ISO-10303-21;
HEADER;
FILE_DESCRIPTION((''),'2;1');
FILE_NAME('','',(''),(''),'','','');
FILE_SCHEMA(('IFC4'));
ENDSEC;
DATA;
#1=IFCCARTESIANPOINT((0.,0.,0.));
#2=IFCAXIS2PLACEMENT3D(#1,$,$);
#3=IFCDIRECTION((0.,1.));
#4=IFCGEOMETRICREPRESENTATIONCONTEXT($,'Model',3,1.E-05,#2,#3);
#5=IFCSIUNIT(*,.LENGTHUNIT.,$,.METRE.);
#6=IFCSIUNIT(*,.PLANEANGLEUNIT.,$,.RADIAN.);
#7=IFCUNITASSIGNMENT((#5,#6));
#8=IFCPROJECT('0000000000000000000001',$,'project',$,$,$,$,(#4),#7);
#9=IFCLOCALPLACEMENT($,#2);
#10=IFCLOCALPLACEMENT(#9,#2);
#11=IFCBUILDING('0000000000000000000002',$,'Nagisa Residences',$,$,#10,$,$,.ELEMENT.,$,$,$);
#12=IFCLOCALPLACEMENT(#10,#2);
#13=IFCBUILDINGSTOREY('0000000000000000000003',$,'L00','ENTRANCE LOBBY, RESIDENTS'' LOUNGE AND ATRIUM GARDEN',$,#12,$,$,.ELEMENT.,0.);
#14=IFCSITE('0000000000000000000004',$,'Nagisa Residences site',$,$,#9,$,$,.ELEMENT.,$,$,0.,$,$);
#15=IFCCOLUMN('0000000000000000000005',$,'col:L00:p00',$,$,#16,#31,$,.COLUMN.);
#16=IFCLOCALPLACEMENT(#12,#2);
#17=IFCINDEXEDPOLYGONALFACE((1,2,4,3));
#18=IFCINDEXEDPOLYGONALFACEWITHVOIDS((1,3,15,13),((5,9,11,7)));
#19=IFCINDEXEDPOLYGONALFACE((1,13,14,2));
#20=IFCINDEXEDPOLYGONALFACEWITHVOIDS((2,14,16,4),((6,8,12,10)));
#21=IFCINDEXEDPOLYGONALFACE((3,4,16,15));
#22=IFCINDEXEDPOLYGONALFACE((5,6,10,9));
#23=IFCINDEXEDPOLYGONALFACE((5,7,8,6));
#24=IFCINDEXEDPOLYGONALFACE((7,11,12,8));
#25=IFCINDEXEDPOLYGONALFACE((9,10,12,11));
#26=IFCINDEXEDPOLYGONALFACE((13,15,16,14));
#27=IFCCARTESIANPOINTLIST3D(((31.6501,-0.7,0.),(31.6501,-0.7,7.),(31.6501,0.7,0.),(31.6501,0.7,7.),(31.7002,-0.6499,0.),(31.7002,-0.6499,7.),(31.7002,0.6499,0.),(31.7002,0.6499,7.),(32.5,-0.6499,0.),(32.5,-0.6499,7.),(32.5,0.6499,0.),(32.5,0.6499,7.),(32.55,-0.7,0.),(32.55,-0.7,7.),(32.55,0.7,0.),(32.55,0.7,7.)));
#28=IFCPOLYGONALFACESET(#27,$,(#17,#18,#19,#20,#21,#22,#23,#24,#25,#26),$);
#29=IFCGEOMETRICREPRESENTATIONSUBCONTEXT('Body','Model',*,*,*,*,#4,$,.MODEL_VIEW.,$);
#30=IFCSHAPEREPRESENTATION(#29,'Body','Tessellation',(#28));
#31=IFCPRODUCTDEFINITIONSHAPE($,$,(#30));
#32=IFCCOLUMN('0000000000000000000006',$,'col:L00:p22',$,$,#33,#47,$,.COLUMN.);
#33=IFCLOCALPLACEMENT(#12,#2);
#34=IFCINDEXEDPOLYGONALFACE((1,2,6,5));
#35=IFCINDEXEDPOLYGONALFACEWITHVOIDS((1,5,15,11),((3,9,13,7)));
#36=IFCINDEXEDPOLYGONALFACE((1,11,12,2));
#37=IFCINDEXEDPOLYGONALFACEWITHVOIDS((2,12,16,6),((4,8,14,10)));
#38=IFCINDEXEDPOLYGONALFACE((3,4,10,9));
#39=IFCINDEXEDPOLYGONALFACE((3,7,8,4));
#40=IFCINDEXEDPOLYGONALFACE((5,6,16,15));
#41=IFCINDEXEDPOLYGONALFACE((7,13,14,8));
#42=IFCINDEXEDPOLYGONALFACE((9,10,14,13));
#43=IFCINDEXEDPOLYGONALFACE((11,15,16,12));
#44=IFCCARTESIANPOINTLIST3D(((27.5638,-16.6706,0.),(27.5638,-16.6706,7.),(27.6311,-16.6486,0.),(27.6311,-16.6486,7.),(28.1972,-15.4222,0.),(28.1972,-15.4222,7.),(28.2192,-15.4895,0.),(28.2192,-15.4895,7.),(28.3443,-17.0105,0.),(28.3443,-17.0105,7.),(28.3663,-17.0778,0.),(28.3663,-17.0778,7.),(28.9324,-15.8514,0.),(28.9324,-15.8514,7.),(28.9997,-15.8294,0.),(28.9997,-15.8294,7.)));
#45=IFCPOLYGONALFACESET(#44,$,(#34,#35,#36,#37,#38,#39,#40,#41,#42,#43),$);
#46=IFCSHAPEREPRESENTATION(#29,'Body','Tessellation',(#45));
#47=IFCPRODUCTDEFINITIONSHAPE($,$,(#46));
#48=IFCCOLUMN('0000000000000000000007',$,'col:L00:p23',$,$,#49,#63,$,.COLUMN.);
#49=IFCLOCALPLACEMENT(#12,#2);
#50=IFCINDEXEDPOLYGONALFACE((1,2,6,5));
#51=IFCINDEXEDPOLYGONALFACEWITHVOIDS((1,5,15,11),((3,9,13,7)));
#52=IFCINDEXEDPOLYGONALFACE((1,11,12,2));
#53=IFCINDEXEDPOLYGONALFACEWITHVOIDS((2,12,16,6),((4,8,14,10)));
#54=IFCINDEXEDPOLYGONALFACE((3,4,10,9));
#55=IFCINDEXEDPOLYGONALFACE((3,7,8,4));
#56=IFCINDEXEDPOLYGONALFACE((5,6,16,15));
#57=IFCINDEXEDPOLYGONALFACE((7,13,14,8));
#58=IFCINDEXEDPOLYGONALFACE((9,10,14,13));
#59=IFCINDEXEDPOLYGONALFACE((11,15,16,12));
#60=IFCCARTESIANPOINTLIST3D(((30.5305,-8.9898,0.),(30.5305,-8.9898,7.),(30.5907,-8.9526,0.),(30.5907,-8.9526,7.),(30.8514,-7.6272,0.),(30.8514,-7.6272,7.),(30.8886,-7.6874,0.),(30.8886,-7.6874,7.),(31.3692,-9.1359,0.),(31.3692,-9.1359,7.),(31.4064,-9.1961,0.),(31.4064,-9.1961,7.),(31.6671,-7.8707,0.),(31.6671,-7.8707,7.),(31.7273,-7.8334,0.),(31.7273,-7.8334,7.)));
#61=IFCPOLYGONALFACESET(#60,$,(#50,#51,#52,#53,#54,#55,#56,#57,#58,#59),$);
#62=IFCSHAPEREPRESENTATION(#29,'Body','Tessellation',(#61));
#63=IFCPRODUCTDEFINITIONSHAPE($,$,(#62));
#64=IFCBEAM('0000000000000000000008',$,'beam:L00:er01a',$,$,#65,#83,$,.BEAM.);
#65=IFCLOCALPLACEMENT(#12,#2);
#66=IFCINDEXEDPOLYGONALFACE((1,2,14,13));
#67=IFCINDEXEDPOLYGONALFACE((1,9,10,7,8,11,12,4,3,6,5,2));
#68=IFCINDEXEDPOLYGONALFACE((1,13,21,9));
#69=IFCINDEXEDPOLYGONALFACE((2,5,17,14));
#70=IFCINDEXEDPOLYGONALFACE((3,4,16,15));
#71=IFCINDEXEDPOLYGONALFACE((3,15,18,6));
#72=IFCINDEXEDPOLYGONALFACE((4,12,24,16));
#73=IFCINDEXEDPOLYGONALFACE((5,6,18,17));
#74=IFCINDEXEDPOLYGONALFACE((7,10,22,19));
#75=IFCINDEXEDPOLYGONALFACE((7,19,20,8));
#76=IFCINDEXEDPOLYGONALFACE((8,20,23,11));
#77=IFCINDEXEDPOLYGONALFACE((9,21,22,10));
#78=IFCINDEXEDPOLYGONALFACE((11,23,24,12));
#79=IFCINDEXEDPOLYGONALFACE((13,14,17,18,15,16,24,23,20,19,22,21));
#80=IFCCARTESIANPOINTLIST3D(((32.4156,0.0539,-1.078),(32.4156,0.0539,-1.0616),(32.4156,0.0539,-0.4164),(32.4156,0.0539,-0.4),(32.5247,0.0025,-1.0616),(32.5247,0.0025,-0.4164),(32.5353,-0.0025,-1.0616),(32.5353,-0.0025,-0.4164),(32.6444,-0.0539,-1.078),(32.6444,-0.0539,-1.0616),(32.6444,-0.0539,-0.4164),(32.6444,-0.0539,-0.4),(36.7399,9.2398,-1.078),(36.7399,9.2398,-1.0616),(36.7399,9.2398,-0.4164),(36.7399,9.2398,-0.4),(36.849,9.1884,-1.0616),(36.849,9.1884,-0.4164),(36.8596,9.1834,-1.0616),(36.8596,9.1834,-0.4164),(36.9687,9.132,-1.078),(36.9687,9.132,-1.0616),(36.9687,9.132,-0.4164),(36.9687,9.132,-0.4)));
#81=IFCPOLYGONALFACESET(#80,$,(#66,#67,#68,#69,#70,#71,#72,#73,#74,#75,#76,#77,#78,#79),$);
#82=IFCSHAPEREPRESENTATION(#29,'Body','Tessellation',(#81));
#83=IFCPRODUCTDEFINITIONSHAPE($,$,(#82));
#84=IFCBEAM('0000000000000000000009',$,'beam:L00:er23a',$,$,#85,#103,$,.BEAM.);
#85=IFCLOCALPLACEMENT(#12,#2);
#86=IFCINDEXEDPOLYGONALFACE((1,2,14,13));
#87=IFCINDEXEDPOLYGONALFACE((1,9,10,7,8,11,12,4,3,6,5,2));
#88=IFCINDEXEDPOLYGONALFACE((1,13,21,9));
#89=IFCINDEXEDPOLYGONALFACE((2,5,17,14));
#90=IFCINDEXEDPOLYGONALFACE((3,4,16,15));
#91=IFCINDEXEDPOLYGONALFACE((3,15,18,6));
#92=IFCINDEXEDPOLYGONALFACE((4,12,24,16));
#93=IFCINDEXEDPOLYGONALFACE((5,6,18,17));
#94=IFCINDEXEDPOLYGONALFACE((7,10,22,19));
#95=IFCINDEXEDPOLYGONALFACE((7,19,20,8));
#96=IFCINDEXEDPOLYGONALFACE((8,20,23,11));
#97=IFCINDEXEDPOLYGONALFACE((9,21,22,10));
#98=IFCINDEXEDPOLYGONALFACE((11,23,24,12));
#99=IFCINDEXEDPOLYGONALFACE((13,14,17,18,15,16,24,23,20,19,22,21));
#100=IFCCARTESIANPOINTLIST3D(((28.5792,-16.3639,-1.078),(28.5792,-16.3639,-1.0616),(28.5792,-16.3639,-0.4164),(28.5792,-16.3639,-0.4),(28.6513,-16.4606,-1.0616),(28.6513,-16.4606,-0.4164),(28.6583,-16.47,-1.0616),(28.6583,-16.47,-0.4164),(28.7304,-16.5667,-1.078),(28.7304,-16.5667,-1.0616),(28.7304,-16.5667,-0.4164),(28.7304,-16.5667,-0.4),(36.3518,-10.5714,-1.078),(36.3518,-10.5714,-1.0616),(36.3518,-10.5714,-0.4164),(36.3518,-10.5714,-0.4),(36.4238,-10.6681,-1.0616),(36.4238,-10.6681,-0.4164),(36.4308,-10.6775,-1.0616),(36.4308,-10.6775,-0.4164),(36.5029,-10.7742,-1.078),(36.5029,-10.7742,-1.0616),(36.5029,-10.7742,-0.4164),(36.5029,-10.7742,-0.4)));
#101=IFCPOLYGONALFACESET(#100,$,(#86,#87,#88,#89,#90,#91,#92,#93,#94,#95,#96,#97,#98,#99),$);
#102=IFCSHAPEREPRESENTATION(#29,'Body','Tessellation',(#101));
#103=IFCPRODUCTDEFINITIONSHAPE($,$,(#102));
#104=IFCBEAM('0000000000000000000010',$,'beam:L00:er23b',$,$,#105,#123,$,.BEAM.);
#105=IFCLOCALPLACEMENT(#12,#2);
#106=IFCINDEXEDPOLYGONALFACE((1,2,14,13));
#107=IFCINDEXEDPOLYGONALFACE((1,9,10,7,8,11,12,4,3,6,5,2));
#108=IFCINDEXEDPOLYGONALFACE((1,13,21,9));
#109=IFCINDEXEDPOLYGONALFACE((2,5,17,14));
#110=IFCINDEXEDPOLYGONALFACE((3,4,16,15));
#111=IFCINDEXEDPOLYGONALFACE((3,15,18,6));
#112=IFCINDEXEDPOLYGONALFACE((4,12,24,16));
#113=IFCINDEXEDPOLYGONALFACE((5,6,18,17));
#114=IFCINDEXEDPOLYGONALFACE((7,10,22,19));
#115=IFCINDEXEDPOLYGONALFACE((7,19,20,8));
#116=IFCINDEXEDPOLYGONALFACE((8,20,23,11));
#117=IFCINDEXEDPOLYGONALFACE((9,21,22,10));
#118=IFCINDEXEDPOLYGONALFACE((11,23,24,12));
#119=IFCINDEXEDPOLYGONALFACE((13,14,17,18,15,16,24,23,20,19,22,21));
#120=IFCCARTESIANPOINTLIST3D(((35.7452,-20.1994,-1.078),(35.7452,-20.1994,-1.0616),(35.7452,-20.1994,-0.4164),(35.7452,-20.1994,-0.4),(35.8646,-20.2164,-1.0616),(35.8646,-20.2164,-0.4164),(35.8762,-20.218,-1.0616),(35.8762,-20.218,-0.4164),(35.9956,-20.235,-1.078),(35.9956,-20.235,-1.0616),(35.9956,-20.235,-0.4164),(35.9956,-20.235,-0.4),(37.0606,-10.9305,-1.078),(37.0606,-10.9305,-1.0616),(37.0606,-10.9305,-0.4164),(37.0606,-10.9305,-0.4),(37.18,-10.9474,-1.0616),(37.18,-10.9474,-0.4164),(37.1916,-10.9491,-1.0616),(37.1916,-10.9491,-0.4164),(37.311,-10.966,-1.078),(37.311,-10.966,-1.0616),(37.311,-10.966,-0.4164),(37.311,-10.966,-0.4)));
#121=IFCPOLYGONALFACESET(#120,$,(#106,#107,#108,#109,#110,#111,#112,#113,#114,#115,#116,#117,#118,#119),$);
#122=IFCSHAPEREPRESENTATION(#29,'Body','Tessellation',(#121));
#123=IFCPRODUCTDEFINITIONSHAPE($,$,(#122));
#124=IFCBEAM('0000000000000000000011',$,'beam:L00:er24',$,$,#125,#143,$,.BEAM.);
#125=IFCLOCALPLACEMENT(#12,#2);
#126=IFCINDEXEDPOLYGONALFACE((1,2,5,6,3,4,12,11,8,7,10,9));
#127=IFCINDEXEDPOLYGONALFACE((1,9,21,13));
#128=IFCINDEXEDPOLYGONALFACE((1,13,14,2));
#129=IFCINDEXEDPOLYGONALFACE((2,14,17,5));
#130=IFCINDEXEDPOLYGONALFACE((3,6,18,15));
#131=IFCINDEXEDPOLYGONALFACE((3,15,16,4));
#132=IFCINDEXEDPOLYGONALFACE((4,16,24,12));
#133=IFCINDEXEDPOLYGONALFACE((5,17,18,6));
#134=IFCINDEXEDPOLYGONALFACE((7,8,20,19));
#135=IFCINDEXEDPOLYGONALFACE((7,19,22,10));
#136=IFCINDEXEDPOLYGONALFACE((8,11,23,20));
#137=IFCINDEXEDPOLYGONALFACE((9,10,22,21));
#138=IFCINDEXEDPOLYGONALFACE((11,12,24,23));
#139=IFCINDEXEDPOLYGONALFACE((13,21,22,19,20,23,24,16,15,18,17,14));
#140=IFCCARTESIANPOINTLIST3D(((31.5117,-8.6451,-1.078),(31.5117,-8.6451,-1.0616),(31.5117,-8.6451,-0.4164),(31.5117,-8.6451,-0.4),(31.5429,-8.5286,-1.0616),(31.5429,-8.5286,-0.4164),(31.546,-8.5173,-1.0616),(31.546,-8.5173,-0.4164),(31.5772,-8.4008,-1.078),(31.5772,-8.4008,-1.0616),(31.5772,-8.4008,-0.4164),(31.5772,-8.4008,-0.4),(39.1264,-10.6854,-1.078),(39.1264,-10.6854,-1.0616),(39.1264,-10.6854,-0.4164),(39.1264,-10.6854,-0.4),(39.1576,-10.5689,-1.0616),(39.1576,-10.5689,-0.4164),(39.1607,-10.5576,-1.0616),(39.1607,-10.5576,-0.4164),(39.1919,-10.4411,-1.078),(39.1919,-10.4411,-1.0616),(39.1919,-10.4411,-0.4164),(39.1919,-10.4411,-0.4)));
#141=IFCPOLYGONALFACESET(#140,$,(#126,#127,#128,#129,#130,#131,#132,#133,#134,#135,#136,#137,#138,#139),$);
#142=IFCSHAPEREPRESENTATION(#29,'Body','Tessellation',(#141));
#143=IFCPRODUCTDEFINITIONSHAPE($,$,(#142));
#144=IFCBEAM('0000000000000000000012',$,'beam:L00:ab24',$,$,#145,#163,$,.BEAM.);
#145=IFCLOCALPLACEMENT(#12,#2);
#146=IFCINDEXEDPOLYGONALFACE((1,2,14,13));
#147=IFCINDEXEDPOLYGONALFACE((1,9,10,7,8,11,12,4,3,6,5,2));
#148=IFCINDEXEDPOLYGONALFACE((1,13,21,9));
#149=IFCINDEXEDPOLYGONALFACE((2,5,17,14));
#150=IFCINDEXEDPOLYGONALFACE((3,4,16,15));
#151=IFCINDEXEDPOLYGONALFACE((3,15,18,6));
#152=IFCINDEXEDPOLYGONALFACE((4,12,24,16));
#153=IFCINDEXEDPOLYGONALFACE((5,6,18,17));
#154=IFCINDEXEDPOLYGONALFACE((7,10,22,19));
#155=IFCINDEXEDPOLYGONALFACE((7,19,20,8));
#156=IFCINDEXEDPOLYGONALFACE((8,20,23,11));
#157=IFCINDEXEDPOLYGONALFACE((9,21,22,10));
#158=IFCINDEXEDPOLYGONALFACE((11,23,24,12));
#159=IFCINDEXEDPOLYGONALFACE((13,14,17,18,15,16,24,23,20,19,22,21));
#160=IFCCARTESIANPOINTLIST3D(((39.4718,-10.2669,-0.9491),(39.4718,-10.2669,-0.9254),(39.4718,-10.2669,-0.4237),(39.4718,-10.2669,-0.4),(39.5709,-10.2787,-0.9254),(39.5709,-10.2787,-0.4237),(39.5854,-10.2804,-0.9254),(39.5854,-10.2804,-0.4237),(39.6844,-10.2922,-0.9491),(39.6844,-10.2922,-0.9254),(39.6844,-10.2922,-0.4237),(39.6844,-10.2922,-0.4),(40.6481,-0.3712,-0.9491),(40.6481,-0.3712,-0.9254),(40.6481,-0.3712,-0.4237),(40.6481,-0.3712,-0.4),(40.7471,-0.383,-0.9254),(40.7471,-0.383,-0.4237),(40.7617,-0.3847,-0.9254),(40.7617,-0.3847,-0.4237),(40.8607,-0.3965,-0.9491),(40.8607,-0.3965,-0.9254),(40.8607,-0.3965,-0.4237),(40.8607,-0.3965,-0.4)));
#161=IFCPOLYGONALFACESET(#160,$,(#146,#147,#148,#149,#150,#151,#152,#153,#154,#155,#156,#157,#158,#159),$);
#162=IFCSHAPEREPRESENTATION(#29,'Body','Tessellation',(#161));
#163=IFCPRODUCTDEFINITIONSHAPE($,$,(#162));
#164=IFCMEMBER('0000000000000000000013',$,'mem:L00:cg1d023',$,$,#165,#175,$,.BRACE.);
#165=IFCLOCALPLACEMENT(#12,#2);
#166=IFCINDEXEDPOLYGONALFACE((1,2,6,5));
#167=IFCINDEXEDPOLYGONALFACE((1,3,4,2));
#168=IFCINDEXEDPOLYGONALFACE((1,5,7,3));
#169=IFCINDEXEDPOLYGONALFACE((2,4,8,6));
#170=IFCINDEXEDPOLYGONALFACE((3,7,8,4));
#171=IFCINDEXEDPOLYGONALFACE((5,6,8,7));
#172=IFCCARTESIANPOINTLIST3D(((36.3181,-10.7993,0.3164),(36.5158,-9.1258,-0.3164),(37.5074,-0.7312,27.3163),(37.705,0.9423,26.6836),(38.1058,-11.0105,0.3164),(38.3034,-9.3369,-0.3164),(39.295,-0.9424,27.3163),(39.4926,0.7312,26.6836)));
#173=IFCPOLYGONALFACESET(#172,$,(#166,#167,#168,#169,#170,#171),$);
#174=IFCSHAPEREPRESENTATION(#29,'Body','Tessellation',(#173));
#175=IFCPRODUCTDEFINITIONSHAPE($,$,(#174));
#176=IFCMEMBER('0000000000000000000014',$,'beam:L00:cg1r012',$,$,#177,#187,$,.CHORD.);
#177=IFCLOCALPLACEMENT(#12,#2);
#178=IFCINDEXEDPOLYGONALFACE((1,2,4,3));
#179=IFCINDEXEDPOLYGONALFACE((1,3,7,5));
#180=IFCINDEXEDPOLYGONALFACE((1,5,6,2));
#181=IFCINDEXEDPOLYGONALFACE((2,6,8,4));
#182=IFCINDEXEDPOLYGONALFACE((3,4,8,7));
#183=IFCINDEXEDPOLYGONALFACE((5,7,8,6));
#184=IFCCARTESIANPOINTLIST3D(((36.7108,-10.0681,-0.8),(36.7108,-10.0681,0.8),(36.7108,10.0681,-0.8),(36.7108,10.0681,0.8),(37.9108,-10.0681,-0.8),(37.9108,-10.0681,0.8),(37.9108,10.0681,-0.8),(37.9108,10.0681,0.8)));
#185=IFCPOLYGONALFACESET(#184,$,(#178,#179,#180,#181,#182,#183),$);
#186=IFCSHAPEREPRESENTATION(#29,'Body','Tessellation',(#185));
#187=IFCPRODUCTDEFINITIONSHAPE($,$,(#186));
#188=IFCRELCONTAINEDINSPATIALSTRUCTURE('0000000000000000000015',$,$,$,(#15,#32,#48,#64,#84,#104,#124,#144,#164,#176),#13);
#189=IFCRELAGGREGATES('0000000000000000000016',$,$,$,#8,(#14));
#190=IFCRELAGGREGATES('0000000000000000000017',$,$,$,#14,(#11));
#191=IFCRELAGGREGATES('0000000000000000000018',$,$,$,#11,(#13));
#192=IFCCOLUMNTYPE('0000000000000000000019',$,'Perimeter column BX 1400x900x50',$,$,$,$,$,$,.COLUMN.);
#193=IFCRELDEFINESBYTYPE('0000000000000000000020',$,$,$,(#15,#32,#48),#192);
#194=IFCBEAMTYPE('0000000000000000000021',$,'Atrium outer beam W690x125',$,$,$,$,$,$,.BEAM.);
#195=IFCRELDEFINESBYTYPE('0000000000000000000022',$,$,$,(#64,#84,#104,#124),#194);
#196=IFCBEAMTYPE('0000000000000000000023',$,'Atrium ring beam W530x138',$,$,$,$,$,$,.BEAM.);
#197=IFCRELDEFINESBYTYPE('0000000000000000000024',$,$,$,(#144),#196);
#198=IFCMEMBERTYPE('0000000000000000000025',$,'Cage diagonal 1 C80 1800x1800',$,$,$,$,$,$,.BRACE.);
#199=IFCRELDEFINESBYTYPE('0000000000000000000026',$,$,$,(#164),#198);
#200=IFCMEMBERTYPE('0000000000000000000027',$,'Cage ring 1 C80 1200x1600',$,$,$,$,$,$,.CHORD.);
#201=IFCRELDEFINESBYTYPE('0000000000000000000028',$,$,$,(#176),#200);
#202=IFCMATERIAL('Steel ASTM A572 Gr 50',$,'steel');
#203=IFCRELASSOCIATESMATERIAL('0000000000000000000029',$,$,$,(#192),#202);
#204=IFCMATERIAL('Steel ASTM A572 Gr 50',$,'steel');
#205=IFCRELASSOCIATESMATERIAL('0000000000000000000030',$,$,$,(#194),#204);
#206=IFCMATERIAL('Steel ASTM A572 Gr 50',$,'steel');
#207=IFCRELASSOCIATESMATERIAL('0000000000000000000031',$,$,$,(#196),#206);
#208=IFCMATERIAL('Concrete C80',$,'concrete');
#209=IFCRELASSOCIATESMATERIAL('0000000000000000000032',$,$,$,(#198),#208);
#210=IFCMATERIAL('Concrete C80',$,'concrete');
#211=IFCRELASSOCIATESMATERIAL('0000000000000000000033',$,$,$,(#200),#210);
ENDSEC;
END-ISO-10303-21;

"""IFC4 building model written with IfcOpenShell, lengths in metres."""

from ifc_helpers import new_model, si_unit, direction, frame, origin, origin_2d, place, context, subcontext, project, spatial, rectangle, hollow_rectangle, i_section, extrude, material, material_profile, profile_set, type_object, element, save


model = new_model("IFC4")

# Units and contexts
model_context = context("Model", 3, precision=1e-05, world=origin(), true_north=direction((0.0, 1.0)))
body_context = subcontext(model_context, "Body", "Model", "MODEL_VIEW")
ifc_project = project(units=[si_unit("LENGTHUNIT", "METRE"), si_unit("PLANEANGLEUNIT", "RADIAN")], contexts=[model_context])

# Site, building, storey
site_placement = place(None, origin())
site = spatial("IfcSite", under=ifc_project, at=site_placement, Name="Nagisa Residences site", CompositionType="ELEMENT", RefElevation=0.0)
building_placement = place(site_placement, origin())
building = spatial("IfcBuilding", under=site, at=building_placement, Name="Nagisa Residences", CompositionType="ELEMENT")
storey_placement = place(building_placement, origin())
storey = spatial("IfcBuildingStorey", under=building, at=storey_placement, Name="L00", Description="ENTRANCE LOBBY, RESIDENTS' LOUNGE AND ATRIUM GARDEN", CompositionType="ELEMENT", Elevation=0.0)

# Columns
ifc_material_1 = material(Name="Steel ASTM A572 Gr 50", Category="steel")
ifc_material_profile_1 = material_profile(ifc_material_1, hollow_rectangle(XDim=1.3999, YDim=0.8999, WallThickness=0.05, at=origin_2d()), Name="BX 1400x900x50")
ifc_profile_set_1 = profile_set([ifc_material_profile_1], Name="Steel ASTM A572 Gr 50")
column_type = type_object("IfcColumnType", Name="Perimeter column BX 1400x900x50", PredefinedType="COLUMN", material=ifc_profile_set_1)
for number, where, z_axis, x_axis, name in (
    (1, (32.1001, 0.0, 0.0), (0.0, 0.0, 1.0), (0.0, 1.0, 0.0), "col:L00:p00"),
    (2, (28.2817, -16.25, 0.0), (0.0, 0.0, 1.0), (0.452463, 0.891783, 0.0), "col:L00:p22"),
    (3, (31.1289, -8.4116, 0.0), (0.0, 0.0, 1.0), (0.229202, 0.973379, 0.0), "col:L00:p23"),
):
    element("IfcColumn", number, at=place(storey_placement, frame(where, z_axis=z_axis, x_axis=x_axis)), inside=storey, type_object=column_type, Name=name, PredefinedType="COLUMN", context=body_context, shape_type="SweptSolid", body=[
        extrude(hollow_rectangle(XDim=1.3999, YDim=0.8999, WallThickness=0.05, at=origin_2d()), origin(), (0.0, 0.0, 1.0), 7.0),
    ])

# Beams
ifc_material_2 = material(Name="Steel ASTM A572 Gr 50", Category="steel")
ifc_material_profile_2 = material_profile(ifc_material_2, i_section(OverallWidth=0.2529, OverallDepth=0.678, WebThickness=0.0117, FlangeThickness=0.0164, at=origin_2d()), Name="W690x125")
ifc_profile_set_2 = profile_set([ifc_material_profile_2], Name="Steel ASTM A572 Gr 50")
beam_type_1 = type_object("IfcBeamType", Name="Atrium outer beam W690x125", PredefinedType="BEAM", material=ifc_profile_set_2)
beam_1_placement = place(storey_placement, frame((32.53, 0.0, -0.739), z_axis=(0.425917, 0.904762, 0.0), x_axis=(-0.904762, 0.425917, 0.0)))
element("IfcBeam", 4, at=beam_1_placement, inside=storey, type_object=beam_type_1, Name="beam:L00:er01a", PredefinedType="BEAM", context=body_context, shape_type="SweptSolid", body=[
    extrude(i_section(OverallWidth=0.2529, OverallDepth=0.678, WebThickness=0.0117, FlangeThickness=0.0164, at=origin_2d()), origin(), (0.0, 0.0, 1.0), 10.1528),
])
beam_2_placement = place(storey_placement, frame((28.6548, -16.4653, -0.739), z_axis=(0.801822, 0.597563, 0.0), x_axis=(-0.597563, 0.801822, 0.0)))
element("IfcBeam", 5, at=beam_2_placement, inside=storey, type_object=beam_type_1, Name="beam:L00:er23a", PredefinedType="BEAM", context=body_context, shape_type="SweptSolid", body=[
    extrude(i_section(OverallWidth=0.2529, OverallDepth=0.678, WebThickness=0.0117, FlangeThickness=0.0164, at=origin_2d()), origin(), (0.0, 0.0, 1.0), 9.6936),
])
beam_3_placement = place(storey_placement, frame((37.1858, -10.9482, -0.739), z_axis=(-0.140509, -0.990079, 0.0), x_axis=(0.990079, -0.140509, 0.0)))
element("IfcBeam", 6, at=beam_3_placement, inside=storey, type_object=beam_type_1, Name="beam:L00:er23b", PredefinedType="BEAM", context=body_context, shape_type="SweptSolid", body=[
    extrude(i_section(OverallWidth=0.2529, OverallDepth=0.678, WebThickness=0.0117, FlangeThickness=0.0164, at=origin_2d()), origin(), (0.0, 0.0, 1.0), 9.3618),
])
beam_4_placement = place(storey_placement, frame((31.5444, -8.5229, -0.739), z_axis=(0.965928, -0.258809, 0.0), x_axis=(0.258809, 0.965928, 0.0)))
element("IfcBeam", 7, at=beam_4_placement, inside=storey, type_object=beam_type_1, Name="beam:L00:er24", PredefinedType="BEAM", context=body_context, shape_type="SweptSolid", body=[
    extrude(i_section(OverallWidth=0.2529, OverallDepth=0.678, WebThickness=0.0117, FlangeThickness=0.0164, at=origin_2d()), origin(), (0.0, 0.0, 1.0), 7.8833),
])
ifc_material_3 = material(Name="Steel ASTM A572 Gr 50", Category="steel")
ifc_material_profile_3 = material_profile(ifc_material_3, i_section(OverallWidth=0.2141, OverallDepth=0.5491, WebThickness=0.0146, FlangeThickness=0.0237, at=origin_2d()), Name="W530x138")
ifc_profile_set_3 = profile_set([ifc_material_profile_3], Name="Steel ASTM A572 Gr 50")
beam_type_2 = type_object("IfcBeamType", Name="Atrium ring beam W530x138", PredefinedType="BEAM", material=ifc_profile_set_3)
beam_5_placement = place(storey_placement, frame((39.5781, -10.2795, -0.6746), z_axis=(0.118035, 0.993009, 0.0), x_axis=(-0.993009, 0.118035, 0.0)))
element("IfcBeam", 8, at=beam_5_placement, inside=storey, type_object=beam_type_2, Name="beam:L00:ab24", PredefinedType="BEAM", context=body_context, shape_type="SweptSolid", body=[
    extrude(i_section(OverallWidth=0.2141, OverallDepth=0.5491, WebThickness=0.0146, FlangeThickness=0.0237, at=origin_2d()), origin(), (0.0, 0.0, 1.0), 9.9653),
])

# Members
ifc_material_4 = material(Name="Concrete C80", Category="concrete")
ifc_material_profile_4 = material_profile(ifc_material_4, rectangle(XDim=1.8, YDim=1.8, at=origin_2d()), Name="C80 1800x1800")
ifc_profile_set_4 = profile_set([ifc_material_profile_4], Name="Concrete C80")
member_type_1 = type_object("IfcMemberType", Name="Cage diagonal 1 C80 1800x1800", PredefinedType="BRACE", material=ifc_profile_set_4)
member_1_placement = place(storey_placement, frame((37.3108, -10.0681, 0.0), z_axis=(0.041234, 0.349095, 0.93618), x_axis=(-0.993096, 0.117301, 0.0)))
element("IfcMember", 9, at=member_1_placement, inside=storey, type_object=member_type_1, Name="mem:L00:cg1d023", PredefinedType="BRACE", context=body_context, shape_type="SweptSolid", body=[
    extrude(rectangle(XDim=1.8, YDim=1.8, at=origin_2d()), origin(), (0.0, 0.0, 1.0), 28.8406),
])
ifc_material_5 = material(Name="Concrete C80", Category="concrete")
ifc_material_profile_5 = material_profile(ifc_material_5, rectangle(XDim=1.2, YDim=1.6001, at=origin_2d()), Name="C80 1200x1600")
ifc_profile_set_5 = profile_set([ifc_material_profile_5], Name="Concrete C80")
member_type_2 = type_object("IfcMemberType", Name="Cage ring 1 C80 1200x1600", PredefinedType="CHORD", material=ifc_profile_set_5)
member_2_placement = place(storey_placement, frame((37.3108, -10.0681, 0.0), z_axis=(0.0, 1.0, 0.0), x_axis=(-1.0, 0.0, 0.0)))
element("IfcMember", 10, at=member_2_placement, inside=storey, type_object=member_type_2, Name="beam:L00:cg1r012", PredefinedType="CHORD", context=body_context, shape_type="SweptSolid", body=[
    extrude(rectangle(XDim=1.2, YDim=1.6001, at=origin_2d()), origin(), (0.0, 0.0, 1.0), 20.1362),
])

save(model, "model.ifc")
